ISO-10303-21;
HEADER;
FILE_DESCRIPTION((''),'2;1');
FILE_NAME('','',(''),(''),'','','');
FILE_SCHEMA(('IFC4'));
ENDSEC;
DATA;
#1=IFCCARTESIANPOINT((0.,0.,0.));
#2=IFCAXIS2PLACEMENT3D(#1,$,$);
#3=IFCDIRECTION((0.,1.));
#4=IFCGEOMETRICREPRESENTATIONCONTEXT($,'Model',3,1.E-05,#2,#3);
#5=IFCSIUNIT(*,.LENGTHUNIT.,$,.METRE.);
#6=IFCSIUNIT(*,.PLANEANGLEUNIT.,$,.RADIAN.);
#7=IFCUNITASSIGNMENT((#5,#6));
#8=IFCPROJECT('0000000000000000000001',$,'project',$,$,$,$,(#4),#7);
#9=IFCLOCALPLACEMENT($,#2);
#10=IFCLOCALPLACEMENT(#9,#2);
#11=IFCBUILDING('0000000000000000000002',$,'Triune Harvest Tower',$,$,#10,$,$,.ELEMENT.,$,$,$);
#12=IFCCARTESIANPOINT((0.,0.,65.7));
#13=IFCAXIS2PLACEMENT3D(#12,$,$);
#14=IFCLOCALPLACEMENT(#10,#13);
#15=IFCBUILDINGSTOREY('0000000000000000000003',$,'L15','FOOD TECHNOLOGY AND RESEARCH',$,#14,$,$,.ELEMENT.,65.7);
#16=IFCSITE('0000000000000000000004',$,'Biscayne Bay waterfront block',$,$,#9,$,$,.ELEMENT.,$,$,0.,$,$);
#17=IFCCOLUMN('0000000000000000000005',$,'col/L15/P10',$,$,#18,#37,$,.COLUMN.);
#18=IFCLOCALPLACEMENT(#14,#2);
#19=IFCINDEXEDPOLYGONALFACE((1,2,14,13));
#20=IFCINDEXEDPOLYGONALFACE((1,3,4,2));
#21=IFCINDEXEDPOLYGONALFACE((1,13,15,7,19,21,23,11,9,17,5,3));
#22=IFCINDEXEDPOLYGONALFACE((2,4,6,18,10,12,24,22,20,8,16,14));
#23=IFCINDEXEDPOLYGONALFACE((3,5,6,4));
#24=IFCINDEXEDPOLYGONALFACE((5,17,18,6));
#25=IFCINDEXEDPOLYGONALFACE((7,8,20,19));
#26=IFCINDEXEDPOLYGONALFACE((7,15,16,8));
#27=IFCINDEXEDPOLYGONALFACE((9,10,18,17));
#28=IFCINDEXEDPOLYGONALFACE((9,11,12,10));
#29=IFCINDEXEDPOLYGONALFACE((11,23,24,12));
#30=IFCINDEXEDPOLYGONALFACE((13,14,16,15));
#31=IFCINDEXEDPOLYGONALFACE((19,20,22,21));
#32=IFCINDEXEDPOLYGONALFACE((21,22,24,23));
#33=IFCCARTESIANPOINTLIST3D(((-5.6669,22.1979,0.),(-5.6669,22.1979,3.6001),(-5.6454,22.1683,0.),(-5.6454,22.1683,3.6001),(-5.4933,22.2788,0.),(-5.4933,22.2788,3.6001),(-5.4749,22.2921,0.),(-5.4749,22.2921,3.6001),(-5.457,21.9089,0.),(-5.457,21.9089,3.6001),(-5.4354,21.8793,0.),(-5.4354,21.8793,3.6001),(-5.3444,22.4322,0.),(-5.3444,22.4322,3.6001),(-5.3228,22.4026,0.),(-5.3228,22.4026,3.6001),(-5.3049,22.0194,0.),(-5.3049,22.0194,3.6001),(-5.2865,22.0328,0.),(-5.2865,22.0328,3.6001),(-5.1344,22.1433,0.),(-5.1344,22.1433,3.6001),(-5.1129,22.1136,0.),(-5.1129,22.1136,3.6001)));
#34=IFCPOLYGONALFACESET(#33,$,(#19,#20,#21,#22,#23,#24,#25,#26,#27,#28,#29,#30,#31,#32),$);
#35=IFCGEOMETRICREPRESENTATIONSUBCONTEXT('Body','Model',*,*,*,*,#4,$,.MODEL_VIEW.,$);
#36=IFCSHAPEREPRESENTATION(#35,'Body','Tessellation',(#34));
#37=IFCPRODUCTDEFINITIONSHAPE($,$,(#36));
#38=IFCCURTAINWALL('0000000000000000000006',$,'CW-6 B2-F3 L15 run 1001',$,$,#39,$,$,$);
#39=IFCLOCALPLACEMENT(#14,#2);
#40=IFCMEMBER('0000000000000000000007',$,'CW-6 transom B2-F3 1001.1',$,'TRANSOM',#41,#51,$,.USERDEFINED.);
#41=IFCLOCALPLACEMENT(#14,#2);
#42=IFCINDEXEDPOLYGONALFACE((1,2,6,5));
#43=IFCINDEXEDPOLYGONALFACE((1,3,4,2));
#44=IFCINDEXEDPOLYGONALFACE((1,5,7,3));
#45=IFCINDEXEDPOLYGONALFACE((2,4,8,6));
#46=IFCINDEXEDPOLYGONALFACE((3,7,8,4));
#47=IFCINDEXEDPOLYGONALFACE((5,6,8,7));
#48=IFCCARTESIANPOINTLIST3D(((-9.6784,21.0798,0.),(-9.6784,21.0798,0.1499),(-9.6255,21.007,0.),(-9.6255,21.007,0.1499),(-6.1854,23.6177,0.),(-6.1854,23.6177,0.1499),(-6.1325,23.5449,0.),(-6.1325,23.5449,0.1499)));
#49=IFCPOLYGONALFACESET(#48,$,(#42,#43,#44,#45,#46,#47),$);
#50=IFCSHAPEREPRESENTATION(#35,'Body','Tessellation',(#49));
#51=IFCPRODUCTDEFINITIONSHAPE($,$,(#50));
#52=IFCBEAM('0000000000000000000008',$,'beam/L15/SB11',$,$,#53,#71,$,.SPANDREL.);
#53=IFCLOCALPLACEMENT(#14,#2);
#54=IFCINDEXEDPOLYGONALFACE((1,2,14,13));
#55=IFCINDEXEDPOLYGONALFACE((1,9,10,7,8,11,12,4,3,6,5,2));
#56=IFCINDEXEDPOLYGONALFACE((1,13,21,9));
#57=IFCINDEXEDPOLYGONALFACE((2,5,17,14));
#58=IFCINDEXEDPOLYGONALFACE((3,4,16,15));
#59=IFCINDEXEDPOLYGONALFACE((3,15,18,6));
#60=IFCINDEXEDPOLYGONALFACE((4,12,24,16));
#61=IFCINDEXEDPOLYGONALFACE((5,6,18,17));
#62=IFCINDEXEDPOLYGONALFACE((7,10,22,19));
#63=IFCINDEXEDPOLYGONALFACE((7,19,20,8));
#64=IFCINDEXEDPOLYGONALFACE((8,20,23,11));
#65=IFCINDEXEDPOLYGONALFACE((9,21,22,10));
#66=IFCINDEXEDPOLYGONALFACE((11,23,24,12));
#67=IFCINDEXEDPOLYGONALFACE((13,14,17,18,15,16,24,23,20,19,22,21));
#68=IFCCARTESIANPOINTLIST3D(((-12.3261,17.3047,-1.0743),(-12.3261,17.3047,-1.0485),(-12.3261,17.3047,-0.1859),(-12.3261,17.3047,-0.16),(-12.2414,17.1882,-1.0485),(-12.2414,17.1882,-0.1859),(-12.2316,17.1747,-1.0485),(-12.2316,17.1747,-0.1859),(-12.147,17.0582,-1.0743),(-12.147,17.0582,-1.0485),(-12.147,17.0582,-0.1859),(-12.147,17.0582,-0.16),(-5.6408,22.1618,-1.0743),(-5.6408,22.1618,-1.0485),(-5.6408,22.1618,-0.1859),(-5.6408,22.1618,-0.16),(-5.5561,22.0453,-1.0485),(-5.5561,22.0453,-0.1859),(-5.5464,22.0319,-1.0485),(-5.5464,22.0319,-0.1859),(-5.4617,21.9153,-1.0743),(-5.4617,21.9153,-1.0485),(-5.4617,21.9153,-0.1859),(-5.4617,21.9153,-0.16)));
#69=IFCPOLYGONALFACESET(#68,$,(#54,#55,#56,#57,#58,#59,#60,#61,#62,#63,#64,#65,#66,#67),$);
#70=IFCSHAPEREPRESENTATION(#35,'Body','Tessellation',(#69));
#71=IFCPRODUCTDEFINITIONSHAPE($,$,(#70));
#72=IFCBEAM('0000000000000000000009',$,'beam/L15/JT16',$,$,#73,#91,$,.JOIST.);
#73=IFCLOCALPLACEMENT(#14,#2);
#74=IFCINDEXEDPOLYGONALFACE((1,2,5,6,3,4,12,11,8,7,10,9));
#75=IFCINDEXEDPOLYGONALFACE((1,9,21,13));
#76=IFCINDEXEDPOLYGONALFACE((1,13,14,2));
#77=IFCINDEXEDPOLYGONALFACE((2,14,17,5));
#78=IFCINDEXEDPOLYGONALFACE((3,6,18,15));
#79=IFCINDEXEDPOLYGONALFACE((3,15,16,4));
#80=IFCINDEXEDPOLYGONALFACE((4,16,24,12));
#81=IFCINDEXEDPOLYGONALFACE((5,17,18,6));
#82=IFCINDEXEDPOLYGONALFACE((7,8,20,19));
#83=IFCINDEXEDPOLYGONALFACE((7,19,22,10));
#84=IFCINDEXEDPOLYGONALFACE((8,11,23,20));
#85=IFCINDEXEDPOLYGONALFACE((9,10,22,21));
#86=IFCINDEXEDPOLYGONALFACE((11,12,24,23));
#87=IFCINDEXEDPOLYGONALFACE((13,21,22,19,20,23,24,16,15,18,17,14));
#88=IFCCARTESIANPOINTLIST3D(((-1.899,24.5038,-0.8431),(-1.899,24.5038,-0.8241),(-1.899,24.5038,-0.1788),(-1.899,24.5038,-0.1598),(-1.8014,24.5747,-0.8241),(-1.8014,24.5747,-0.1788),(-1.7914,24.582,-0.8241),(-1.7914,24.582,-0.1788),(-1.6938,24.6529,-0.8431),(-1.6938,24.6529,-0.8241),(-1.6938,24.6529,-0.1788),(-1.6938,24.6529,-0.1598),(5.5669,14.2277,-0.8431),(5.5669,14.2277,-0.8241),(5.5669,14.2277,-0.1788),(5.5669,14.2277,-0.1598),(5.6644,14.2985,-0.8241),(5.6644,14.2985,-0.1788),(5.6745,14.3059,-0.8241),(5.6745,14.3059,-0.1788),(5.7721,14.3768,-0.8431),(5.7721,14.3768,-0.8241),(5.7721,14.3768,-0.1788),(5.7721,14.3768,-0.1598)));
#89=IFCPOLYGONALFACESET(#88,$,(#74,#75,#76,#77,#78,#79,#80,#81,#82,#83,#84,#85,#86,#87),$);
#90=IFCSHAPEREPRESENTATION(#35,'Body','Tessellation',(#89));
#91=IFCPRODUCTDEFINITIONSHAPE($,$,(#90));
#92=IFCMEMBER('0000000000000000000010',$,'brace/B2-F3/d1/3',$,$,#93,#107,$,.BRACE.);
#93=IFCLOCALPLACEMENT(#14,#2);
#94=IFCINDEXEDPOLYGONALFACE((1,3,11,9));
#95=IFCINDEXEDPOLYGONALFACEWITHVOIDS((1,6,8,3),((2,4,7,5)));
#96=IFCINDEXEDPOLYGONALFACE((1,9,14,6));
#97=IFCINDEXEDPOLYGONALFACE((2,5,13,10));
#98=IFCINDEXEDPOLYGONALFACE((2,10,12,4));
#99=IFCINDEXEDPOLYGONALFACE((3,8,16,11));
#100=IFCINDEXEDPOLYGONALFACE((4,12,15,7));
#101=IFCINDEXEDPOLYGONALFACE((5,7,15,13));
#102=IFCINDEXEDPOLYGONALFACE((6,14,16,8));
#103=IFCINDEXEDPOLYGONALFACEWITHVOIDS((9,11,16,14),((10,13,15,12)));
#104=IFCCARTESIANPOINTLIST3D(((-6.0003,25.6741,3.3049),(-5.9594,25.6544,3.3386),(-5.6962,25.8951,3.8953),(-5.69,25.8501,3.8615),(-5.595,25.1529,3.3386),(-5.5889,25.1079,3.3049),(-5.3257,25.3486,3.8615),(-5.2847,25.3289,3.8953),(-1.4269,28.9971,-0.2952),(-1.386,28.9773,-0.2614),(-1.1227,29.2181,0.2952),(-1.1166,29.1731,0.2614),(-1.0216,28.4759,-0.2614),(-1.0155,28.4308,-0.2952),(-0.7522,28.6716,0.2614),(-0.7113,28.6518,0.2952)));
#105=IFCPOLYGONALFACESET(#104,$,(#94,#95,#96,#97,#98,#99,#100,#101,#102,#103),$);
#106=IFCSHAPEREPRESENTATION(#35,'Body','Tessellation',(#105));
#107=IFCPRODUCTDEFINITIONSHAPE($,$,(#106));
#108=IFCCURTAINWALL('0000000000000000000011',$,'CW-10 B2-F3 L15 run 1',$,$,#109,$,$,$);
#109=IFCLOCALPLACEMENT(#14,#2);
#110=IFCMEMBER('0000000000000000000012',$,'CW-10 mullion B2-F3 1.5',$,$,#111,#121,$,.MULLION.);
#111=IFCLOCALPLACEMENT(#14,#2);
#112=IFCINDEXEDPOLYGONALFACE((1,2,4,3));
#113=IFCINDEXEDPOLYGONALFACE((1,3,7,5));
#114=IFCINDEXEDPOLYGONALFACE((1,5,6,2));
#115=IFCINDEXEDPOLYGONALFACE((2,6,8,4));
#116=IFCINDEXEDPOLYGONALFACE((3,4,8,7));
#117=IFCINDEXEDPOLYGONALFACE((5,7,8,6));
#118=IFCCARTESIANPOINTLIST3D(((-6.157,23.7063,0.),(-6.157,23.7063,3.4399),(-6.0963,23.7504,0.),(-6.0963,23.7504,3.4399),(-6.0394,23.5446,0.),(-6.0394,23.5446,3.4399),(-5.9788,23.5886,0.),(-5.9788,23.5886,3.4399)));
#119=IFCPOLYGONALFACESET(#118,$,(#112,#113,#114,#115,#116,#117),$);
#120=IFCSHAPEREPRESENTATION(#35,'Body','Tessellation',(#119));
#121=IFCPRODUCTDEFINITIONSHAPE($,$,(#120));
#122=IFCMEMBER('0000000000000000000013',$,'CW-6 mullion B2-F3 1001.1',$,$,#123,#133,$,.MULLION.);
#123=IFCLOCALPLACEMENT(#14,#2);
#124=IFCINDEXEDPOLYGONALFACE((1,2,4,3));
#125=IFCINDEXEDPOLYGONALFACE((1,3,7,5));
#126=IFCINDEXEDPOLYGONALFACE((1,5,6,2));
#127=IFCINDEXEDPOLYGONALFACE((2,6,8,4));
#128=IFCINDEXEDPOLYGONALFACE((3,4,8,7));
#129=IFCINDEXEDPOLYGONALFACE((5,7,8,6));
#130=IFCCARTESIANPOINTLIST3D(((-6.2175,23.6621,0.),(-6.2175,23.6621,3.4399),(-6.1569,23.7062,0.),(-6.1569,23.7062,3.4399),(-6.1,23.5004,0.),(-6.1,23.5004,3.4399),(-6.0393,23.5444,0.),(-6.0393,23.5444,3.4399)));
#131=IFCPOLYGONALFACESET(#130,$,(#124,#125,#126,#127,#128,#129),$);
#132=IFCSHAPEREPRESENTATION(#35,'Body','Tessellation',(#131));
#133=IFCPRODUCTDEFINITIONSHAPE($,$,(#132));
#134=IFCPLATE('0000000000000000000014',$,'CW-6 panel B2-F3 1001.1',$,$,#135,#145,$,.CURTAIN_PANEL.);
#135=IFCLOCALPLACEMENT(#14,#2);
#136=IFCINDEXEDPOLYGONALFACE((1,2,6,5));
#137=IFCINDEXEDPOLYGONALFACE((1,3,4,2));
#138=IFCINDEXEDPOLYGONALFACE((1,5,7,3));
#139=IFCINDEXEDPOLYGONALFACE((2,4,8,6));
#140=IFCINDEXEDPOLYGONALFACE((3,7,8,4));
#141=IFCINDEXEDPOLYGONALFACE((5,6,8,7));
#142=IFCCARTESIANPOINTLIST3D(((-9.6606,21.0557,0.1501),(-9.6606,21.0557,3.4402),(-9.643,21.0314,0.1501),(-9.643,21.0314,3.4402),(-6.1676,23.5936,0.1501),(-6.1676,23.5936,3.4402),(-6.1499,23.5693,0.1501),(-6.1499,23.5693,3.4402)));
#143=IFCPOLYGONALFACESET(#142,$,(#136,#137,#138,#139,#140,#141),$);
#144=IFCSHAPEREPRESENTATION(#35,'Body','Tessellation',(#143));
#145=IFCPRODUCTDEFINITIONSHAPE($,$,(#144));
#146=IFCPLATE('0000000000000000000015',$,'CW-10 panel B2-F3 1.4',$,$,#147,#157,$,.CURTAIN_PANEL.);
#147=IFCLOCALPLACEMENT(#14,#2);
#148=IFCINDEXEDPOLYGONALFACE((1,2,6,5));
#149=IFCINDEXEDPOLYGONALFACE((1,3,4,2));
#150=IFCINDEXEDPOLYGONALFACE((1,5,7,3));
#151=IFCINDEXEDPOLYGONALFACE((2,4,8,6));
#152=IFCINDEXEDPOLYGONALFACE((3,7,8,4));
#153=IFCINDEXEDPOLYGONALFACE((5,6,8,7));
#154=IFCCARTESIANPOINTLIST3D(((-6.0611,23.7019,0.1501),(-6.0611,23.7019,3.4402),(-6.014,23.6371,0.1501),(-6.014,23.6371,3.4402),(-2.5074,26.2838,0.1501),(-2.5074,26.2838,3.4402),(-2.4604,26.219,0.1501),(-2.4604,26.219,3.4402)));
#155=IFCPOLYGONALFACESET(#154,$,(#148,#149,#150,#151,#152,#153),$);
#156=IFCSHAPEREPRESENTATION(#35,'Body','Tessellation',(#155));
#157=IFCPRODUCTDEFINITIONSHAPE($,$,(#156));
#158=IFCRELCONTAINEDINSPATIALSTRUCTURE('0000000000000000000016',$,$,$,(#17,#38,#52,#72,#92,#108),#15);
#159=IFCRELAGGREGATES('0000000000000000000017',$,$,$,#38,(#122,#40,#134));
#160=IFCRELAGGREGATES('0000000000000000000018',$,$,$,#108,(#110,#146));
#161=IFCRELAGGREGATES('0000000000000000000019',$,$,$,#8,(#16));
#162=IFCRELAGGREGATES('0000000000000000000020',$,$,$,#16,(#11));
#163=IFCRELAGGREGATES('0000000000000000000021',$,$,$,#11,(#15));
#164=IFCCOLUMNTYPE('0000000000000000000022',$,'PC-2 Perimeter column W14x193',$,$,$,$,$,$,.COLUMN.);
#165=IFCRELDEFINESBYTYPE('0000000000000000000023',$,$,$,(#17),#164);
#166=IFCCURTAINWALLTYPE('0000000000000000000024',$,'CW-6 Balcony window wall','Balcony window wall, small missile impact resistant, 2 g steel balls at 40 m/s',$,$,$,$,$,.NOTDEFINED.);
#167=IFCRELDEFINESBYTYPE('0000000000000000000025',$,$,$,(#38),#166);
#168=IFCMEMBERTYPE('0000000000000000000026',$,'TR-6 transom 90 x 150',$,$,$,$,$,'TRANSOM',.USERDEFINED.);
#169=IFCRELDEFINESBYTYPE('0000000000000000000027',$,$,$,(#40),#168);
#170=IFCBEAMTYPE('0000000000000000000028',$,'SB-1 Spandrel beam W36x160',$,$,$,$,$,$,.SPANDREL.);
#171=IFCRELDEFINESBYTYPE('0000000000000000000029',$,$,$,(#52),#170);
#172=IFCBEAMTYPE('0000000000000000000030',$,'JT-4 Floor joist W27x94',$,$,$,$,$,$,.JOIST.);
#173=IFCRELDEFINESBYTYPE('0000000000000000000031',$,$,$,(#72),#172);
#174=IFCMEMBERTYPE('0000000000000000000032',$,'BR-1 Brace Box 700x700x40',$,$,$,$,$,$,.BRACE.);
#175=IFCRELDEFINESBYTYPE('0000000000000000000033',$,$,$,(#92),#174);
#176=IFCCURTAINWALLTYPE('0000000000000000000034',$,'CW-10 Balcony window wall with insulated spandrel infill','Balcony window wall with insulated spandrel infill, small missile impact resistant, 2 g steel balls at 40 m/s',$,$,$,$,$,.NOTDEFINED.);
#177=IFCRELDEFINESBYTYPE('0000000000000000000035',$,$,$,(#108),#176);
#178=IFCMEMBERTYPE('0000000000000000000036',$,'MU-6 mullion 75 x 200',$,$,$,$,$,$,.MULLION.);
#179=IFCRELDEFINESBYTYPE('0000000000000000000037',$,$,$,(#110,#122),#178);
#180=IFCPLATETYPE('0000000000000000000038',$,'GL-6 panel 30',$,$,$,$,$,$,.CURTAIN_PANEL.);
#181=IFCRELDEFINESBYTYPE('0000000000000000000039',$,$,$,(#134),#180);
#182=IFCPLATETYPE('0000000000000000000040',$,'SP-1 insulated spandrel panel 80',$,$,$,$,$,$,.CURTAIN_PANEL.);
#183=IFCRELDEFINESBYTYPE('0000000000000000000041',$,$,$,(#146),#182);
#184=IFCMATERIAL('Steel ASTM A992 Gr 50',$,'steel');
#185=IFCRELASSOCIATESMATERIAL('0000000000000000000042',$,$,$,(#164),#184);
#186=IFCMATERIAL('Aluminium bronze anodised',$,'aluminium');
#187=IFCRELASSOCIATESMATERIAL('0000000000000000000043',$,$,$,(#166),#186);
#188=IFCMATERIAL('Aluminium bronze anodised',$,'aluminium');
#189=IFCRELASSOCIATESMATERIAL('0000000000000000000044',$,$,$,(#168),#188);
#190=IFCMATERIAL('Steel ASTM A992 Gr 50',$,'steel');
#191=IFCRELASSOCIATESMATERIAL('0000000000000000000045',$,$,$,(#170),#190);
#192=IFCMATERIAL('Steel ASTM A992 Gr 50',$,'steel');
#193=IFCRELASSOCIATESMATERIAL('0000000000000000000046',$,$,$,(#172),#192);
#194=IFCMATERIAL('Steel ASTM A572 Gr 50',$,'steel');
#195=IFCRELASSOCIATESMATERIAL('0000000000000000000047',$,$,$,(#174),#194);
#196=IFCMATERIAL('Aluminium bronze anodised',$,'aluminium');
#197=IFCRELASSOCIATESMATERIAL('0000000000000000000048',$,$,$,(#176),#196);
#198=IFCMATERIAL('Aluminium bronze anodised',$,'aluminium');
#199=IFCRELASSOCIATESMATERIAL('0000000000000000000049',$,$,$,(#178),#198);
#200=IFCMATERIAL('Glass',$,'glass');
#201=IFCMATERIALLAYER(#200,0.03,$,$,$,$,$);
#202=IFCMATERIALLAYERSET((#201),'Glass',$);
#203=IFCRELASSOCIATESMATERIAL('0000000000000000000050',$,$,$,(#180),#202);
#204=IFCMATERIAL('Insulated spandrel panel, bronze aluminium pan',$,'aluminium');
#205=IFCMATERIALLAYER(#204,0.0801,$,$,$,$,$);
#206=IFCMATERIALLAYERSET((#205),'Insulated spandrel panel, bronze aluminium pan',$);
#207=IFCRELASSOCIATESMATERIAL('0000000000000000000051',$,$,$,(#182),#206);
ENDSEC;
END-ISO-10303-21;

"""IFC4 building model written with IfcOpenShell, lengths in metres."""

from ifc_helpers import new_model, si_unit, direction, frame, origin, origin_2d, place, context, subcontext, project, spatial, rectangle, hollow_rectangle, i_section, extrude, source, transform, mapped, material, layer, layer_set, material_profile, profile_set, type_object, element, aggregate, save


model = new_model("IFC4")

# Units and contexts
model_context = context("Model", 3, precision=1e-05, world=origin(), true_north=direction((0.0, 1.0)))
body_context = subcontext(model_context, "Body", "Model", "MODEL_VIEW")
ifc_project = project(units=[si_unit("LENGTHUNIT", "METRE"), si_unit("PLANEANGLEUNIT", "RADIAN")], contexts=[model_context])

# Site, building, storey
site_placement = place(None, origin())
site = spatial("IfcSite", under=ifc_project, at=site_placement, Name="Biscayne Bay waterfront block", CompositionType="ELEMENT", RefElevation=0.0)
building_placement = place(site_placement, origin())
building = spatial("IfcBuilding", under=site, at=building_placement, Name="Triune Harvest Tower", CompositionType="ELEMENT")
storey_placement = place(building_placement, frame((0.0, 0.0, 65.7)))
storey = spatial("IfcBuildingStorey", under=building, at=storey_placement, Name="L15", Description="FOOD TECHNOLOGY AND RESEARCH", CompositionType="ELEMENT", Elevation=65.7)

# Column
ifc_material_1 = material(Name="Steel ASTM A992 Gr 50", Category="steel")
ifc_material_profile_1 = material_profile(ifc_material_1, i_section(OverallWidth=0.3987, OverallDepth=0.3938, WebThickness=0.0227, FlangeThickness=0.0366, at=origin_2d()), Name="W14x193")
ifc_profile_set_1 = profile_set([ifc_material_profile_1], Name="Steel ASTM A992 Gr 50")
column_type = type_object("IfcColumnType", Name="PC-2 Perimeter column W14x193", PredefinedType="COLUMN", material=ifc_profile_set_1)
shared_shape_1 = source(origin(), body_context, "Body", "SweptSolid", [
    extrude(i_section(OverallWidth=0.3987, OverallDepth=0.3938, WebThickness=0.0227, FlangeThickness=0.0366, at=origin_2d()), origin(), (0.0, 0.0, 1.0), 3.6001),
])
column_placement = place(storey_placement, frame((-5.3899, 22.1558, 0.0), z_axis=(0.0, 0.0, 1.0), x_axis=(-0.809017, -0.587785, 0.0)))
element("IfcColumn", 1, at=column_placement, inside=storey, type_object=column_type, Name="col/L15/P10", PredefinedType="COLUMN", context=body_context, shape_type="MappedRepresentation", body=[
    mapped(shared_shape_1, transform((0.0, 0.0, 0.0), scale=1.0)),
])

# Curtain wall, member
ifc_material_2 = material(Name="Aluminium bronze anodised", Category="aluminium")
curtain_wall_type_1 = type_object("IfcCurtainWallType", Name="CW-6 Balcony window wall", Description="Balcony window wall, small missile impact resistant, 2 g steel balls at 40 m/s", PredefinedType="NOTDEFINED", material=ifc_material_2)
curtain_wall_1_placement = place(storey_placement, origin())
curtain_wall_1 = element("IfcCurtainWall", 2, at=curtain_wall_1_placement, inside=storey, type_object=curtain_wall_type_1, Name="CW-6 B2-F3 L15 run 1001")
ifc_material_3 = material(Name="Aluminium bronze anodised", Category="aluminium")
ifc_material_profile_2 = material_profile(ifc_material_3, rectangle(XDim=0.0901, YDim=0.1499, at=origin_2d()), Name="TR-6 transom 90 x 150")
ifc_profile_set_2 = profile_set([ifc_material_profile_2], Name="Aluminium bronze anodised")
member_type_1 = type_object("IfcMemberType", Name="TR-6 transom 90 x 150", ElementType="TRANSOM", PredefinedType="USERDEFINED", material=ifc_profile_set_2)
member_1_placement = place(storey_placement, frame((-6.1589, 23.5813, 0.075), z_axis=(-0.809007, -0.587798, 0.0), x_axis=(0.587798, -0.809007, 0.0)))
member_1 = element("IfcMember", 3, at=member_1_placement, type_object=member_type_1, Name="CW-6 transom B2-F3 1001.1", ObjectType="TRANSOM", PredefinedType="USERDEFINED", context=body_context, shape_type="SweptSolid", body=[
    extrude(rectangle(XDim=0.0901, YDim=0.1499, at=origin_2d()), origin(), (0.0, 0.0, 1.0), 4.3176),
])

# Beams
ifc_material_4 = material(Name="Steel ASTM A992 Gr 50", Category="steel")
ifc_material_profile_3 = material_profile(ifc_material_4, i_section(OverallWidth=0.3047, OverallDepth=0.9143, WebThickness=0.0166, FlangeThickness=0.0259, at=origin_2d()), Name="W36x160")
ifc_profile_set_3 = profile_set([ifc_material_profile_3], Name="Steel ASTM A992 Gr 50")
beam_type_1 = type_object("IfcBeamType", Name="SB-1 Spandrel beam W36x160", PredefinedType="SPANDREL", material=ifc_profile_set_3)
shared_shape_2 = source(origin(), body_context, "Body", "SweptSolid", [
    extrude(i_section(OverallWidth=0.3047, OverallDepth=0.9143, WebThickness=0.0166, FlangeThickness=0.0259, at=origin_2d()), origin(), (0.0, 0.0, 1.0), 8.2634),
])
beam_1_placement = place(storey_placement, frame((-5.5513, 22.0386, -0.6172), z_axis=(-0.809016, -0.587787, 0.0), x_axis=(0.587787, -0.809016, 0.0)))
element("IfcBeam", 4, at=beam_1_placement, inside=storey, type_object=beam_type_1, Name="beam/L15/SB11", PredefinedType="SPANDREL", context=body_context, shape_type="MappedRepresentation", body=[
    mapped(shared_shape_2, transform((0.0, 0.0, 0.0), scale=1.0)),
])
ifc_material_5 = material(Name="Steel ASTM A992 Gr 50", Category="steel")
ifc_material_profile_4 = material_profile(ifc_material_5, i_section(OverallWidth=0.2537, OverallDepth=0.6833, WebThickness=0.0125, FlangeThickness=0.019, at=origin_2d()), Name="W27x94")
ifc_profile_set_4 = profile_set([ifc_material_profile_4], Name="Steel ASTM A992 Gr 50")
beam_type_2 = type_object("IfcBeamType", Name="JT-4 Floor joist W27x94", PredefinedType="JOIST", material=ifc_profile_set_4)
shared_shape_3 = source(origin(), body_context, "Body", "SweptSolid", [
    extrude(i_section(OverallWidth=0.2537, OverallDepth=0.6833, WebThickness=0.0125, FlangeThickness=0.019, at=origin_2d()), origin(), (0.0, 0.0, 1.0), 12.7019),
])
beam_2_placement = place(storey_placement, frame((-1.7964, 24.5784, -0.5015), z_axis=(0.587774, -0.809025, 0.0), x_axis=(0.809025, 0.587774, 0.0)))
element("IfcBeam", 5, at=beam_2_placement, inside=storey, type_object=beam_type_2, Name="beam/L15/JT16", PredefinedType="JOIST", context=body_context, shape_type="MappedRepresentation", body=[
    mapped(shared_shape_3, transform((0.0, 0.0, 0.0), scale=1.0)),
])

# Member
ifc_material_6 = material(Name="Steel ASTM A572 Gr 50", Category="steel")
ifc_material_profile_5 = material_profile(ifc_material_6, hollow_rectangle(XDim=0.7, YDim=0.7, WallThickness=0.04, at=origin_2d()), Name="Box 700x700x40")
ifc_profile_set_5 = profile_set([ifc_material_profile_5], Name="Steel ASTM A572 Gr 50")
member_type_2 = type_object("IfcMemberType", Name="BR-1 Brace Box 700x700x40", PredefinedType="BRACE", material=ifc_profile_set_5)
shared_shape_4 = source(origin(), body_context, "Body", "SweptSolid", [
    extrude(hollow_rectangle(XDim=0.7, YDim=0.7, WallThickness=0.04, at=origin_2d()), origin(), (0.0, 0.0, 1.0), 6.7021),
])
member_2_placement = place(storey_placement, frame((-1.0691, 28.8245, 0.0), z_axis=(-0.682383, -0.495805, 0.53715), x_axis=(0.587804, -0.809003, 0.0)))
element("IfcMember", 6, at=member_2_placement, inside=storey, type_object=member_type_2, Name="brace/B2-F3/d1/3", PredefinedType="BRACE", context=body_context, shape_type="MappedRepresentation", body=[
    mapped(shared_shape_4, transform((0.0, 0.0, 0.0), scale=1.0)),
])

# Curtain wall, member
ifc_material_7 = material(Name="Aluminium bronze anodised", Category="aluminium")
curtain_wall_type_2 = type_object("IfcCurtainWallType", Name="CW-10 Balcony window wall with insulated spandrel infill", Description="Balcony window wall with insulated spandrel infill, small missile impact resistant, 2 g steel balls at 40 m/s", PredefinedType="NOTDEFINED", material=ifc_material_7)
curtain_wall_2_placement = place(storey_placement, origin())
curtain_wall_2 = element("IfcCurtainWall", 7, at=curtain_wall_2_placement, inside=storey, type_object=curtain_wall_type_2, Name="CW-10 B2-F3 L15 run 1")
ifc_material_8 = material(Name="Aluminium bronze anodised", Category="aluminium")
ifc_material_profile_6 = material_profile(ifc_material_8, rectangle(XDim=0.2, YDim=0.075, at=origin_2d()), Name="MU-6 mullion 75 x 200")
ifc_profile_set_6 = profile_set([ifc_material_profile_6], Name="Aluminium bronze anodised")
member_type_3 = type_object("IfcMemberType", Name="MU-6 mullion 75 x 200", PredefinedType="MULLION", material=ifc_profile_set_6)
shared_shape_5 = source(origin(), body_context, "Body", "SweptSolid", [
    extrude(rectangle(XDim=0.2, YDim=0.075, at=origin_2d()), origin(), (0.0, 0.0, 1.0), 3.4399),
])
member_3_placement = place(storey_placement, frame((-6.0679, 23.6475, 0.0), z_axis=(0.0, 0.0, 1.0), x_axis=(0.587785, -0.809017, 0.0)))
member_3 = element("IfcMember", 8, at=member_3_placement, type_object=member_type_3, Name="CW-10 mullion B2-F3 1.5", PredefinedType="MULLION", context=body_context, shape_type="MappedRepresentation", body=[
    mapped(shared_shape_5, transform((0.0, 0.0, 0.0), scale=1.0)),
])

# Member
member_4_placement = place(storey_placement, frame((-6.1284, 23.6033, 0.0), z_axis=(0.0, 0.0, 1.0), x_axis=(0.587786, -0.809016, 0.0)))
member_4 = element("IfcMember", 9, at=member_4_placement, type_object=member_type_3, Name="CW-6 mullion B2-F3 1001.1", PredefinedType="MULLION", context=body_context, shape_type="MappedRepresentation", body=[
    mapped(shared_shape_5, transform((0.0, 0.0, 0.0), scale=1.0)),
])

# Plates
ifc_material_9 = material(Name="Glass", Category="glass")
ifc_layer_1 = layer(ifc_material_9, 0.03)
ifc_layer_set_1 = layer_set([ifc_layer_1], Name="Glass")
plate_type_1 = type_object("IfcPlateType", Name="GL-6 panel 30", PredefinedType="CURTAIN_PANEL", material=ifc_layer_set_1)
plate_1_placement = place(storey_placement, frame((-7.9053, 22.3125, 0.1501), z_axis=(0.0, 0.0, 1.0), x_axis=(-0.809016, -0.587786, 0.0)))
plate_1 = element("IfcPlate", 10, at=plate_1_placement, type_object=plate_type_1, Name="CW-6 panel B2-F3 1001.1", PredefinedType="CURTAIN_PANEL", context=body_context, shape_type="SweptSolid", body=[
    extrude(rectangle(XDim=4.3176, YDim=0.03, at=origin_2d()), origin(), (0.0, 0.0, 1.0), 3.29),
])
aggregate(curtain_wall_1, [member_4, member_1, plate_1])
ifc_material_10 = material(Name="Insulated spandrel panel, bronze aluminium pan", Category="aluminium")
ifc_layer_2 = layer(ifc_material_10, 0.0801)
ifc_layer_set_2 = layer_set([ifc_layer_2], Name="Insulated spandrel panel, bronze aluminium pan")
plate_type_2 = type_object("IfcPlateType", Name="SP-1 insulated spandrel panel 80", PredefinedType="CURTAIN_PANEL", material=ifc_layer_set_2)
shared_shape_6 = source(origin(), body_context, "Body", "SweptSolid", [
    extrude(rectangle(XDim=4.3926, YDim=0.0801, at=origin_2d()), origin(), (0.0, 0.0, 1.0), 3.29),
])
plate_2_placement = place(storey_placement, frame((-4.2607, 24.9604, 0.1501), z_axis=(0.0, 0.0, 1.0), x_axis=(-0.809017, -0.587785, 0.0)))
plate_2 = element("IfcPlate", 11, at=plate_2_placement, type_object=plate_type_2, Name="CW-10 panel B2-F3 1.4", PredefinedType="CURTAIN_PANEL", context=body_context, shape_type="MappedRepresentation", body=[
    mapped(shared_shape_6, transform((0.0, 0.0, 0.0), scale=1.0)),
])
aggregate(curtain_wall_2, [member_3, plate_2])

save(model, "model.ifc")
